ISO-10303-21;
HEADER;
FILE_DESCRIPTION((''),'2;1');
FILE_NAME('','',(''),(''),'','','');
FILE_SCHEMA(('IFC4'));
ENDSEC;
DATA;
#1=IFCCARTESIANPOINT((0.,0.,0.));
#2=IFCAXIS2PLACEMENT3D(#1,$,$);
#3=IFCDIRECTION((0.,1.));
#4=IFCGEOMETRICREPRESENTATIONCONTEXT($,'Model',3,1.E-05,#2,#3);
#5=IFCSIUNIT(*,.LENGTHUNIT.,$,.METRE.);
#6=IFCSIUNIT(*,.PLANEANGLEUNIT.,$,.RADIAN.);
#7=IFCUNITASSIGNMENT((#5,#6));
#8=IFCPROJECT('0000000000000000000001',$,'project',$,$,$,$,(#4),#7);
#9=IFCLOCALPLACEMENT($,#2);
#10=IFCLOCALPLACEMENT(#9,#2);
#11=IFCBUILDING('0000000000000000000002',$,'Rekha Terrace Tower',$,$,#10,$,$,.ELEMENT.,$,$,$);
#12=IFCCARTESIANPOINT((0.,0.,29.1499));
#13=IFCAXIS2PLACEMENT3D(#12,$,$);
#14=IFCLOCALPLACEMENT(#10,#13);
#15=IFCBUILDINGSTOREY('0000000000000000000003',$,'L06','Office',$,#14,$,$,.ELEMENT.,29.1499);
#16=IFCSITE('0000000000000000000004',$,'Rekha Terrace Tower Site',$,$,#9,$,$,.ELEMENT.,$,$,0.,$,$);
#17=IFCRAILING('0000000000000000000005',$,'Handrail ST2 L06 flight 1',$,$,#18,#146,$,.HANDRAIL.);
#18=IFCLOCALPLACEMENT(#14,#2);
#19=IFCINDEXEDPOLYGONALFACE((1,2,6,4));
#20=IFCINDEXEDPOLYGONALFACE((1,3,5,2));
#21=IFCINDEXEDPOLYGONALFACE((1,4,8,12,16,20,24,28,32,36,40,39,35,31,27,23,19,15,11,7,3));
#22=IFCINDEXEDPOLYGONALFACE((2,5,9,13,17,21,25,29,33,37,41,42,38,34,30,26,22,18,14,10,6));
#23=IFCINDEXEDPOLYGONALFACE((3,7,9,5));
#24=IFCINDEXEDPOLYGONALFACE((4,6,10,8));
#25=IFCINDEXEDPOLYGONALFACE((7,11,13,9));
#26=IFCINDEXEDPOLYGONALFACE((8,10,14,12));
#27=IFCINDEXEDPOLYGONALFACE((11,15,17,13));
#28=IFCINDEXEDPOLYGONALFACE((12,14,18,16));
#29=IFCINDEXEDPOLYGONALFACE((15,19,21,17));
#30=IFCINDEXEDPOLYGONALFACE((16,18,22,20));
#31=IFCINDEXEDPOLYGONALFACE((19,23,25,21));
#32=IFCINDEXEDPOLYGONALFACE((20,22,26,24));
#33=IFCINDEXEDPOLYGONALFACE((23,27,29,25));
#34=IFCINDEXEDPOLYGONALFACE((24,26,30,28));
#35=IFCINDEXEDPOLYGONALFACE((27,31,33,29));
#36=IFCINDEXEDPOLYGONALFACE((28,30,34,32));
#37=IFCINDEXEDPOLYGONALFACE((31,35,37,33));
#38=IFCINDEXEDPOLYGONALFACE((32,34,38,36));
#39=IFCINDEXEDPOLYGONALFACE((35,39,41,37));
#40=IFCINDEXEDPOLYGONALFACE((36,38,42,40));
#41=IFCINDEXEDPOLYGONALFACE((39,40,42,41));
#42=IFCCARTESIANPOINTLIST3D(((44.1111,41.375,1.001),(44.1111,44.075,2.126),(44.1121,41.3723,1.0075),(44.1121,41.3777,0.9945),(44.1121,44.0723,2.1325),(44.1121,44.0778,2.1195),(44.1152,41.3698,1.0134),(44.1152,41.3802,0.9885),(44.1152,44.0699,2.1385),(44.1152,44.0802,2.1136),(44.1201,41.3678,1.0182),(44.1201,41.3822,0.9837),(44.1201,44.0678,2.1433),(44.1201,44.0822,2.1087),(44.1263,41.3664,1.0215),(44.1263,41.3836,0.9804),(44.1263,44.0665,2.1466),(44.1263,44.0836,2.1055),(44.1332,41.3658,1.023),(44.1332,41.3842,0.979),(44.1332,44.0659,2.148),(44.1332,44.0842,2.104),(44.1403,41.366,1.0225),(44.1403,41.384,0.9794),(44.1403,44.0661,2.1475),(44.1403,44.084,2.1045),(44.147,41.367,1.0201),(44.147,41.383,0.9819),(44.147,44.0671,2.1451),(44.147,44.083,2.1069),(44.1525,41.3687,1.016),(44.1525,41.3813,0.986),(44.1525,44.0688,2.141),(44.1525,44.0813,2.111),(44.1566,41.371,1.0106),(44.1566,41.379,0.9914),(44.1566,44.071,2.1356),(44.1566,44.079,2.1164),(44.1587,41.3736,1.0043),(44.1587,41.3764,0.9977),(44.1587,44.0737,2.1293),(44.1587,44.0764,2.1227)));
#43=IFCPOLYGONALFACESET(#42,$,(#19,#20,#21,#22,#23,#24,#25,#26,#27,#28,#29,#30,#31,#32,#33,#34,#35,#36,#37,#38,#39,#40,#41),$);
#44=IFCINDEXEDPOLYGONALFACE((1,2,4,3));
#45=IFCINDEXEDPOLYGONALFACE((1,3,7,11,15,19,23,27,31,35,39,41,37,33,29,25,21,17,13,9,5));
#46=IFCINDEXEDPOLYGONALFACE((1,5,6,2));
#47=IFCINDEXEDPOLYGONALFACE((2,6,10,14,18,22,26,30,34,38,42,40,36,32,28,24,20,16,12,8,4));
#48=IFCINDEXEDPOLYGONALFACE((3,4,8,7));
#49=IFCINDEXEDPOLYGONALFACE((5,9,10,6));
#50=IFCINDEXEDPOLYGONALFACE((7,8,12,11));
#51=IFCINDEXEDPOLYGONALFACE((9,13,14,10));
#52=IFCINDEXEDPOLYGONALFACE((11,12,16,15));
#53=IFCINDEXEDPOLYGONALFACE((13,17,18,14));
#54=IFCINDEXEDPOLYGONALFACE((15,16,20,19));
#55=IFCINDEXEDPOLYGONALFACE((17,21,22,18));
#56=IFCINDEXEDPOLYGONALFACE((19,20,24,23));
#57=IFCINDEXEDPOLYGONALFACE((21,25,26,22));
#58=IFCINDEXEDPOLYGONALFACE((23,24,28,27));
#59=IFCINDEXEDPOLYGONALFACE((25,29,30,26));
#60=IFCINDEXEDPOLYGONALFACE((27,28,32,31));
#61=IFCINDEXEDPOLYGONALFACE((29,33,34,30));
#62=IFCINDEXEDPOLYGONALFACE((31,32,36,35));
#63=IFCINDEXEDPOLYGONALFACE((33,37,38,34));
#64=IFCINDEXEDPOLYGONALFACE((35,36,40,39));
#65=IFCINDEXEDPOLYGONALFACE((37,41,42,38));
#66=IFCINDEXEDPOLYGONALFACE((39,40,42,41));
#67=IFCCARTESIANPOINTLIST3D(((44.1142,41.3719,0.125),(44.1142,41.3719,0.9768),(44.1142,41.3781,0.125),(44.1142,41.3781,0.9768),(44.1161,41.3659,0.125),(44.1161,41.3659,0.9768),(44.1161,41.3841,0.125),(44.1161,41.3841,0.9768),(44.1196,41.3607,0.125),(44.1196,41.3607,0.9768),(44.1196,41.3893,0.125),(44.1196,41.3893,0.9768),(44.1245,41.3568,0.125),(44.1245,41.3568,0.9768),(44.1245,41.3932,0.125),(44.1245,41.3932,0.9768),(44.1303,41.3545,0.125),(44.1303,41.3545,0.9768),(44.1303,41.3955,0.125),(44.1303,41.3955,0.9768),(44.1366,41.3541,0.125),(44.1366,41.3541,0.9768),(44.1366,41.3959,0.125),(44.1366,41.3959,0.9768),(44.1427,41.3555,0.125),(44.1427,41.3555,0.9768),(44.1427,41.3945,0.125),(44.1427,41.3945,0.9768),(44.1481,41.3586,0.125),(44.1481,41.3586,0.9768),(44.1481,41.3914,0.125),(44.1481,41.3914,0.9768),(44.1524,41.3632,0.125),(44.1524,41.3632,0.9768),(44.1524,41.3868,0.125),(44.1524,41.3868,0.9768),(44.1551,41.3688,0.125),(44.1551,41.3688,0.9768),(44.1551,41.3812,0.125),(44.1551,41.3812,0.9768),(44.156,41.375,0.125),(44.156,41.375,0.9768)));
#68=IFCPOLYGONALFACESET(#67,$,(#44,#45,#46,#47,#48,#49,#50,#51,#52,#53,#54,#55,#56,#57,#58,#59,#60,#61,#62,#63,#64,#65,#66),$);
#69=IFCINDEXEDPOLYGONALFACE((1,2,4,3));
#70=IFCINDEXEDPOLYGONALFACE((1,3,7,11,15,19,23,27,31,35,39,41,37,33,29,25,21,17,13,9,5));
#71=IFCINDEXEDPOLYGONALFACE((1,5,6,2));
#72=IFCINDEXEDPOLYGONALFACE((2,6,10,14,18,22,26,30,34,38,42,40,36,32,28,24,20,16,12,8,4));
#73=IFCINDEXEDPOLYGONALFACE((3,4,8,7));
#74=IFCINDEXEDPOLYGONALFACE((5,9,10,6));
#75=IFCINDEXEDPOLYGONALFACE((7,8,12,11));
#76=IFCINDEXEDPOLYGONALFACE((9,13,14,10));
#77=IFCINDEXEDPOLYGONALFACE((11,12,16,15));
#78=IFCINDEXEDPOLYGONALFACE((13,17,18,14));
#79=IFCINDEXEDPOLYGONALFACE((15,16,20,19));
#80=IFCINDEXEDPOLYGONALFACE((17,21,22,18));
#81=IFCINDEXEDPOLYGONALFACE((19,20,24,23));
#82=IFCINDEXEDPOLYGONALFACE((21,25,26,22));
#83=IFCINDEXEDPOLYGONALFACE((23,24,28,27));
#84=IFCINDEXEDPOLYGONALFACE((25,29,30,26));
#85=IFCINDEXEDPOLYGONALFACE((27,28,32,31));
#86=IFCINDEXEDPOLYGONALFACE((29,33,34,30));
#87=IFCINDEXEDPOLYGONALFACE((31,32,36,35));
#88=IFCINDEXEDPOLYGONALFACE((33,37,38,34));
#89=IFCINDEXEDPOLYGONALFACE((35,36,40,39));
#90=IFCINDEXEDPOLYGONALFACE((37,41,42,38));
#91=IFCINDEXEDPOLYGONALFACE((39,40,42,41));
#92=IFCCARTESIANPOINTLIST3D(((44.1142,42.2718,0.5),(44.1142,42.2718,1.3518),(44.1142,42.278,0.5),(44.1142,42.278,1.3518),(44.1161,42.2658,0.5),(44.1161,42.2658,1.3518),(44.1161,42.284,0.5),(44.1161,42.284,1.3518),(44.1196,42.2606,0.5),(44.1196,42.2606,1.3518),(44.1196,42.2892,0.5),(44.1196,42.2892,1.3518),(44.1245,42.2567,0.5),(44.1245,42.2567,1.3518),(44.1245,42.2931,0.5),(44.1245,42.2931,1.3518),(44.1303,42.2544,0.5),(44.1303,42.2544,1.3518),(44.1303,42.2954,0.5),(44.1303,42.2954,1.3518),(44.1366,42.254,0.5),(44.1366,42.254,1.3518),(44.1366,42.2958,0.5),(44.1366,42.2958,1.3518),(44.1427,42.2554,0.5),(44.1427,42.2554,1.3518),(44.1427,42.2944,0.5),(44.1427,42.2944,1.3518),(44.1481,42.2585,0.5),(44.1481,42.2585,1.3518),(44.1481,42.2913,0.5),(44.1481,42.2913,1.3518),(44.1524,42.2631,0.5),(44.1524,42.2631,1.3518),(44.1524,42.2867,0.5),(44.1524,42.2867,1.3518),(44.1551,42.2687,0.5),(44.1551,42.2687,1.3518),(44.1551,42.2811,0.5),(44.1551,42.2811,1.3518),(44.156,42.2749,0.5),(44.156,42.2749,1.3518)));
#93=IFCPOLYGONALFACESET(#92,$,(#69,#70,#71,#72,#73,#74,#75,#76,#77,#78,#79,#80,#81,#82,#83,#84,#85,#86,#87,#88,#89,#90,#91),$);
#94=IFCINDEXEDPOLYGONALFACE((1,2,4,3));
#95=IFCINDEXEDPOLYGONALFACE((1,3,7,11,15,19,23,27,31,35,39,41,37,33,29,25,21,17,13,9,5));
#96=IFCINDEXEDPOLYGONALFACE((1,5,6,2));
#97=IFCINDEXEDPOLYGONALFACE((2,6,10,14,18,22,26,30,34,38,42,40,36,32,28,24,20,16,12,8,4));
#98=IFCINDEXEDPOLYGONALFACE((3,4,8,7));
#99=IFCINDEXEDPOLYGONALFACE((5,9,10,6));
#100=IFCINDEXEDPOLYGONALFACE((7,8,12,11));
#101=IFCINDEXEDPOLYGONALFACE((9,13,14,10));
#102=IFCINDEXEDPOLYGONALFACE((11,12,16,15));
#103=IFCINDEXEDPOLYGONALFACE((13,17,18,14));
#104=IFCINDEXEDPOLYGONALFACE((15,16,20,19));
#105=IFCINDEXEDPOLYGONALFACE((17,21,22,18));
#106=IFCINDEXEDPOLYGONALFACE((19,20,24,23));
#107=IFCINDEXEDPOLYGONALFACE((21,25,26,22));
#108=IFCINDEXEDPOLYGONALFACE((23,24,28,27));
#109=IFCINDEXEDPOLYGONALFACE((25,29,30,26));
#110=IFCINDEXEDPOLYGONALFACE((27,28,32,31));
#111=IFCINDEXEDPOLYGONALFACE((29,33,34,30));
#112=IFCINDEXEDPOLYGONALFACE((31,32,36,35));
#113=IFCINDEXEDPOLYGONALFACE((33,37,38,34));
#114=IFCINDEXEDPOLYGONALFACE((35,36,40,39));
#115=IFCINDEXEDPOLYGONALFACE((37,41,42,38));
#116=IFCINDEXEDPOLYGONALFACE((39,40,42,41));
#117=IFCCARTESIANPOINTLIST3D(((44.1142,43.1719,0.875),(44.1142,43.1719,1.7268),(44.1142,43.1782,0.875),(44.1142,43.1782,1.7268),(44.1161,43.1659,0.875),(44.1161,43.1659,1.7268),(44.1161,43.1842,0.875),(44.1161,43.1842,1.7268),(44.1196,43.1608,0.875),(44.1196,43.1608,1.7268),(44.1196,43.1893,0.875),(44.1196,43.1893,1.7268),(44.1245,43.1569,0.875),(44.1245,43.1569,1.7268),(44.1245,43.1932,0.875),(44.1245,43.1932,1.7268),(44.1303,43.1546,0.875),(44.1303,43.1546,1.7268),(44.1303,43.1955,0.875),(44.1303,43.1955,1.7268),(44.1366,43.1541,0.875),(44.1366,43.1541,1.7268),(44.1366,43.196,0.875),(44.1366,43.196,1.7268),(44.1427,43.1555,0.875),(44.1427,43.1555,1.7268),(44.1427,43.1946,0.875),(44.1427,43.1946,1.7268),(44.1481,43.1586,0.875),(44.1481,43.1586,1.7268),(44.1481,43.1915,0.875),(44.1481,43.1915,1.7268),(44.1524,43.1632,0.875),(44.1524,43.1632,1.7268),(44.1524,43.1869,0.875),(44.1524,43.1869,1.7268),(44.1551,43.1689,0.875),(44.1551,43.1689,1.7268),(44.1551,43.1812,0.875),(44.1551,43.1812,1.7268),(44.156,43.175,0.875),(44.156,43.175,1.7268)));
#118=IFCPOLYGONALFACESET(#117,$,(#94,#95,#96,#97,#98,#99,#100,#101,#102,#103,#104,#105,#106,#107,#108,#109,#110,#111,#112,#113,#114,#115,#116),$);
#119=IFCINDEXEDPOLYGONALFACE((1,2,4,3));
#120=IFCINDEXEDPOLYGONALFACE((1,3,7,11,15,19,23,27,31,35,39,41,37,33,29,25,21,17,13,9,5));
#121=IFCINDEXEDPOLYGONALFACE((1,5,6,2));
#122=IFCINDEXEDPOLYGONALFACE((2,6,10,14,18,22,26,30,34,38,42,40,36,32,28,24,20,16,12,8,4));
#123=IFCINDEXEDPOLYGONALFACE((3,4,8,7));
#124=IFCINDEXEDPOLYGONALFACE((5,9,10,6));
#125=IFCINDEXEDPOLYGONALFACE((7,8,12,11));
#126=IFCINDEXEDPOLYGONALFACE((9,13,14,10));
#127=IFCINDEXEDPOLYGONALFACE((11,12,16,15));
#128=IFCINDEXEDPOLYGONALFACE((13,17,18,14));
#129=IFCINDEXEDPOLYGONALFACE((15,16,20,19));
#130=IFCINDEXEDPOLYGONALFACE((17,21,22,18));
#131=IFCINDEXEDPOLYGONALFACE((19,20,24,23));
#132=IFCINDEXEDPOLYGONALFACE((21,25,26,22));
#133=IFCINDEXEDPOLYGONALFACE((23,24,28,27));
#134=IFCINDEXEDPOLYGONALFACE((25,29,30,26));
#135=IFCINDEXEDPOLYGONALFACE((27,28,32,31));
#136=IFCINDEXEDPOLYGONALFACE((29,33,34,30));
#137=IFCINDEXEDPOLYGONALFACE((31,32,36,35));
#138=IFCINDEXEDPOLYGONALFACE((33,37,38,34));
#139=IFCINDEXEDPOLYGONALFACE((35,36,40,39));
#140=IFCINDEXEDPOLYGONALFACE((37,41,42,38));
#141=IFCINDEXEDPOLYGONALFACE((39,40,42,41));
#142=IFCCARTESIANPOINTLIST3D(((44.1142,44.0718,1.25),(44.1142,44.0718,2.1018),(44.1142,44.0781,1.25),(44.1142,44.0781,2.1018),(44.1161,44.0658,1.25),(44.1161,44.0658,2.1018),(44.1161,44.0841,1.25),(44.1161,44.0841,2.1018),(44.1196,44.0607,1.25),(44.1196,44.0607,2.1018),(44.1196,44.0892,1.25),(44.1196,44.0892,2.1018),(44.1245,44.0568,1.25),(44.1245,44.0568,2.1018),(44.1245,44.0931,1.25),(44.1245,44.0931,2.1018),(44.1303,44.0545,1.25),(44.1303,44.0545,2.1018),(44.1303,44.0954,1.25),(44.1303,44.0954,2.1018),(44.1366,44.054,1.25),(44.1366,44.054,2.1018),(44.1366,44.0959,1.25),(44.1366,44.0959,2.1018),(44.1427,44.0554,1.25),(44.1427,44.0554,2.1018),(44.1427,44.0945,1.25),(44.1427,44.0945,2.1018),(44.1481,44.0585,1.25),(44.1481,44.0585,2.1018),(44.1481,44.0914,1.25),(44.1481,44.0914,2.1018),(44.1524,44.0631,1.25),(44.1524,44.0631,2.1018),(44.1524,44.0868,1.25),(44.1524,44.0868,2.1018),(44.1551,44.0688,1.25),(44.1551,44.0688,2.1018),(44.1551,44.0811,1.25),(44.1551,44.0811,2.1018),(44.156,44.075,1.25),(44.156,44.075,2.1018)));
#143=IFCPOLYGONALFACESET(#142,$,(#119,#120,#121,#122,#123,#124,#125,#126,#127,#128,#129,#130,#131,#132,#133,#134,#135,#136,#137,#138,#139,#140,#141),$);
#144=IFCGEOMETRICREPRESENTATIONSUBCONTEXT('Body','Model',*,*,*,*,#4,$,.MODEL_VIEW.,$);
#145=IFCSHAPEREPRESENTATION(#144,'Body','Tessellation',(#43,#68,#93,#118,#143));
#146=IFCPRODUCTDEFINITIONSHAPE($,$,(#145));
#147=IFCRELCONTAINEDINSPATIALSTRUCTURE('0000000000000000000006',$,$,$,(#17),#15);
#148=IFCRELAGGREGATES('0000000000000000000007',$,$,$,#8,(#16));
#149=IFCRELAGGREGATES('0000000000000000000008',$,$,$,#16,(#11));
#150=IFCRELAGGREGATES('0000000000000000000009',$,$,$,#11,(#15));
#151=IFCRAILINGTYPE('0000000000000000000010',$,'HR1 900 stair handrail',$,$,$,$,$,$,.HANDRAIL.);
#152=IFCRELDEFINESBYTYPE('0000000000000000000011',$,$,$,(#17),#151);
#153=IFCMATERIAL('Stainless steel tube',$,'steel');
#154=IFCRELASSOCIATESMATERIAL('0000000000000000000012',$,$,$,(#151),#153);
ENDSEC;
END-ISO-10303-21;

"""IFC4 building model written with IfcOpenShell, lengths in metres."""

from ifc_helpers import new_model, si_unit, direction, frame, origin, origin_2d, place, context, subcontext, project, spatial, circle, extrude, material, type_object, element, save


model = new_model("IFC4")

# Units and contexts
model_context = context("Model", 3, precision=1e-05, world=origin(), true_north=direction((0.0, 1.0)))
body_context = subcontext(model_context, "Body", "Model", "MODEL_VIEW")
ifc_project = project(units=[si_unit("LENGTHUNIT", "METRE"), si_unit("PLANEANGLEUNIT", "RADIAN")], contexts=[model_context])

# Site, building, storey
site_placement = place(None, origin())
site = spatial("IfcSite", under=ifc_project, at=site_placement, Name="Rekha Terrace Tower Site", CompositionType="ELEMENT", RefElevation=0.0)
building_placement = place(site_placement, origin())
building = spatial("IfcBuilding", under=site, at=building_placement, Name="Rekha Terrace Tower", CompositionType="ELEMENT")
storey_placement = place(building_placement, frame((0.0, 0.0, 29.1499)))
storey = spatial("IfcBuildingStorey", under=building, at=storey_placement, Name="L06", Description="Office", CompositionType="ELEMENT", Elevation=29.1499)

# Railing
ifc_material_1 = material(Name="Stainless steel tube", Category="steel")
railing_type = type_object("IfcRailingType", Name="HR1 900 stair handrail", PredefinedType="HANDRAIL", material=ifc_material_1)
railing_placement = place(storey_placement, frame((44.135, 41.375, 0.125)))
element("IfcRailing", 1, at=railing_placement, inside=storey, type_object=railing_type, Name="Handrail ST2 L06 flight 1", PredefinedType="HANDRAIL", context=body_context, shape_type="SweptSolid", body=[
    extrude(circle(Radius=0.0239, at=origin_2d()), frame((0.0, 0.0, 0.876), z_axis=(0.0, 0.923074, 0.384621), x_axis=(-1.0, 0.0, 0.0)), (0.0, 0.0, 1.0), 2.925),
    extrude(circle(Radius=0.021, at=origin_2d()), origin(), (0.0, 0.0, 1.0), 0.8518),
    extrude(circle(Radius=0.021, at=origin_2d()), frame((0.0, 0.8999, 0.375)), (0.0, 0.0, 1.0), 0.8518),
    extrude(circle(Radius=0.021, at=origin_2d()), frame((0.0, 1.8, 0.75)), (0.0, 0.0, 1.0), 0.8518),
    extrude(circle(Radius=0.021, at=origin_2d()), frame((0.0, 2.7, 1.125)), (0.0, 0.0, 1.0), 0.8518),
])

save(model, "model.ifc")
